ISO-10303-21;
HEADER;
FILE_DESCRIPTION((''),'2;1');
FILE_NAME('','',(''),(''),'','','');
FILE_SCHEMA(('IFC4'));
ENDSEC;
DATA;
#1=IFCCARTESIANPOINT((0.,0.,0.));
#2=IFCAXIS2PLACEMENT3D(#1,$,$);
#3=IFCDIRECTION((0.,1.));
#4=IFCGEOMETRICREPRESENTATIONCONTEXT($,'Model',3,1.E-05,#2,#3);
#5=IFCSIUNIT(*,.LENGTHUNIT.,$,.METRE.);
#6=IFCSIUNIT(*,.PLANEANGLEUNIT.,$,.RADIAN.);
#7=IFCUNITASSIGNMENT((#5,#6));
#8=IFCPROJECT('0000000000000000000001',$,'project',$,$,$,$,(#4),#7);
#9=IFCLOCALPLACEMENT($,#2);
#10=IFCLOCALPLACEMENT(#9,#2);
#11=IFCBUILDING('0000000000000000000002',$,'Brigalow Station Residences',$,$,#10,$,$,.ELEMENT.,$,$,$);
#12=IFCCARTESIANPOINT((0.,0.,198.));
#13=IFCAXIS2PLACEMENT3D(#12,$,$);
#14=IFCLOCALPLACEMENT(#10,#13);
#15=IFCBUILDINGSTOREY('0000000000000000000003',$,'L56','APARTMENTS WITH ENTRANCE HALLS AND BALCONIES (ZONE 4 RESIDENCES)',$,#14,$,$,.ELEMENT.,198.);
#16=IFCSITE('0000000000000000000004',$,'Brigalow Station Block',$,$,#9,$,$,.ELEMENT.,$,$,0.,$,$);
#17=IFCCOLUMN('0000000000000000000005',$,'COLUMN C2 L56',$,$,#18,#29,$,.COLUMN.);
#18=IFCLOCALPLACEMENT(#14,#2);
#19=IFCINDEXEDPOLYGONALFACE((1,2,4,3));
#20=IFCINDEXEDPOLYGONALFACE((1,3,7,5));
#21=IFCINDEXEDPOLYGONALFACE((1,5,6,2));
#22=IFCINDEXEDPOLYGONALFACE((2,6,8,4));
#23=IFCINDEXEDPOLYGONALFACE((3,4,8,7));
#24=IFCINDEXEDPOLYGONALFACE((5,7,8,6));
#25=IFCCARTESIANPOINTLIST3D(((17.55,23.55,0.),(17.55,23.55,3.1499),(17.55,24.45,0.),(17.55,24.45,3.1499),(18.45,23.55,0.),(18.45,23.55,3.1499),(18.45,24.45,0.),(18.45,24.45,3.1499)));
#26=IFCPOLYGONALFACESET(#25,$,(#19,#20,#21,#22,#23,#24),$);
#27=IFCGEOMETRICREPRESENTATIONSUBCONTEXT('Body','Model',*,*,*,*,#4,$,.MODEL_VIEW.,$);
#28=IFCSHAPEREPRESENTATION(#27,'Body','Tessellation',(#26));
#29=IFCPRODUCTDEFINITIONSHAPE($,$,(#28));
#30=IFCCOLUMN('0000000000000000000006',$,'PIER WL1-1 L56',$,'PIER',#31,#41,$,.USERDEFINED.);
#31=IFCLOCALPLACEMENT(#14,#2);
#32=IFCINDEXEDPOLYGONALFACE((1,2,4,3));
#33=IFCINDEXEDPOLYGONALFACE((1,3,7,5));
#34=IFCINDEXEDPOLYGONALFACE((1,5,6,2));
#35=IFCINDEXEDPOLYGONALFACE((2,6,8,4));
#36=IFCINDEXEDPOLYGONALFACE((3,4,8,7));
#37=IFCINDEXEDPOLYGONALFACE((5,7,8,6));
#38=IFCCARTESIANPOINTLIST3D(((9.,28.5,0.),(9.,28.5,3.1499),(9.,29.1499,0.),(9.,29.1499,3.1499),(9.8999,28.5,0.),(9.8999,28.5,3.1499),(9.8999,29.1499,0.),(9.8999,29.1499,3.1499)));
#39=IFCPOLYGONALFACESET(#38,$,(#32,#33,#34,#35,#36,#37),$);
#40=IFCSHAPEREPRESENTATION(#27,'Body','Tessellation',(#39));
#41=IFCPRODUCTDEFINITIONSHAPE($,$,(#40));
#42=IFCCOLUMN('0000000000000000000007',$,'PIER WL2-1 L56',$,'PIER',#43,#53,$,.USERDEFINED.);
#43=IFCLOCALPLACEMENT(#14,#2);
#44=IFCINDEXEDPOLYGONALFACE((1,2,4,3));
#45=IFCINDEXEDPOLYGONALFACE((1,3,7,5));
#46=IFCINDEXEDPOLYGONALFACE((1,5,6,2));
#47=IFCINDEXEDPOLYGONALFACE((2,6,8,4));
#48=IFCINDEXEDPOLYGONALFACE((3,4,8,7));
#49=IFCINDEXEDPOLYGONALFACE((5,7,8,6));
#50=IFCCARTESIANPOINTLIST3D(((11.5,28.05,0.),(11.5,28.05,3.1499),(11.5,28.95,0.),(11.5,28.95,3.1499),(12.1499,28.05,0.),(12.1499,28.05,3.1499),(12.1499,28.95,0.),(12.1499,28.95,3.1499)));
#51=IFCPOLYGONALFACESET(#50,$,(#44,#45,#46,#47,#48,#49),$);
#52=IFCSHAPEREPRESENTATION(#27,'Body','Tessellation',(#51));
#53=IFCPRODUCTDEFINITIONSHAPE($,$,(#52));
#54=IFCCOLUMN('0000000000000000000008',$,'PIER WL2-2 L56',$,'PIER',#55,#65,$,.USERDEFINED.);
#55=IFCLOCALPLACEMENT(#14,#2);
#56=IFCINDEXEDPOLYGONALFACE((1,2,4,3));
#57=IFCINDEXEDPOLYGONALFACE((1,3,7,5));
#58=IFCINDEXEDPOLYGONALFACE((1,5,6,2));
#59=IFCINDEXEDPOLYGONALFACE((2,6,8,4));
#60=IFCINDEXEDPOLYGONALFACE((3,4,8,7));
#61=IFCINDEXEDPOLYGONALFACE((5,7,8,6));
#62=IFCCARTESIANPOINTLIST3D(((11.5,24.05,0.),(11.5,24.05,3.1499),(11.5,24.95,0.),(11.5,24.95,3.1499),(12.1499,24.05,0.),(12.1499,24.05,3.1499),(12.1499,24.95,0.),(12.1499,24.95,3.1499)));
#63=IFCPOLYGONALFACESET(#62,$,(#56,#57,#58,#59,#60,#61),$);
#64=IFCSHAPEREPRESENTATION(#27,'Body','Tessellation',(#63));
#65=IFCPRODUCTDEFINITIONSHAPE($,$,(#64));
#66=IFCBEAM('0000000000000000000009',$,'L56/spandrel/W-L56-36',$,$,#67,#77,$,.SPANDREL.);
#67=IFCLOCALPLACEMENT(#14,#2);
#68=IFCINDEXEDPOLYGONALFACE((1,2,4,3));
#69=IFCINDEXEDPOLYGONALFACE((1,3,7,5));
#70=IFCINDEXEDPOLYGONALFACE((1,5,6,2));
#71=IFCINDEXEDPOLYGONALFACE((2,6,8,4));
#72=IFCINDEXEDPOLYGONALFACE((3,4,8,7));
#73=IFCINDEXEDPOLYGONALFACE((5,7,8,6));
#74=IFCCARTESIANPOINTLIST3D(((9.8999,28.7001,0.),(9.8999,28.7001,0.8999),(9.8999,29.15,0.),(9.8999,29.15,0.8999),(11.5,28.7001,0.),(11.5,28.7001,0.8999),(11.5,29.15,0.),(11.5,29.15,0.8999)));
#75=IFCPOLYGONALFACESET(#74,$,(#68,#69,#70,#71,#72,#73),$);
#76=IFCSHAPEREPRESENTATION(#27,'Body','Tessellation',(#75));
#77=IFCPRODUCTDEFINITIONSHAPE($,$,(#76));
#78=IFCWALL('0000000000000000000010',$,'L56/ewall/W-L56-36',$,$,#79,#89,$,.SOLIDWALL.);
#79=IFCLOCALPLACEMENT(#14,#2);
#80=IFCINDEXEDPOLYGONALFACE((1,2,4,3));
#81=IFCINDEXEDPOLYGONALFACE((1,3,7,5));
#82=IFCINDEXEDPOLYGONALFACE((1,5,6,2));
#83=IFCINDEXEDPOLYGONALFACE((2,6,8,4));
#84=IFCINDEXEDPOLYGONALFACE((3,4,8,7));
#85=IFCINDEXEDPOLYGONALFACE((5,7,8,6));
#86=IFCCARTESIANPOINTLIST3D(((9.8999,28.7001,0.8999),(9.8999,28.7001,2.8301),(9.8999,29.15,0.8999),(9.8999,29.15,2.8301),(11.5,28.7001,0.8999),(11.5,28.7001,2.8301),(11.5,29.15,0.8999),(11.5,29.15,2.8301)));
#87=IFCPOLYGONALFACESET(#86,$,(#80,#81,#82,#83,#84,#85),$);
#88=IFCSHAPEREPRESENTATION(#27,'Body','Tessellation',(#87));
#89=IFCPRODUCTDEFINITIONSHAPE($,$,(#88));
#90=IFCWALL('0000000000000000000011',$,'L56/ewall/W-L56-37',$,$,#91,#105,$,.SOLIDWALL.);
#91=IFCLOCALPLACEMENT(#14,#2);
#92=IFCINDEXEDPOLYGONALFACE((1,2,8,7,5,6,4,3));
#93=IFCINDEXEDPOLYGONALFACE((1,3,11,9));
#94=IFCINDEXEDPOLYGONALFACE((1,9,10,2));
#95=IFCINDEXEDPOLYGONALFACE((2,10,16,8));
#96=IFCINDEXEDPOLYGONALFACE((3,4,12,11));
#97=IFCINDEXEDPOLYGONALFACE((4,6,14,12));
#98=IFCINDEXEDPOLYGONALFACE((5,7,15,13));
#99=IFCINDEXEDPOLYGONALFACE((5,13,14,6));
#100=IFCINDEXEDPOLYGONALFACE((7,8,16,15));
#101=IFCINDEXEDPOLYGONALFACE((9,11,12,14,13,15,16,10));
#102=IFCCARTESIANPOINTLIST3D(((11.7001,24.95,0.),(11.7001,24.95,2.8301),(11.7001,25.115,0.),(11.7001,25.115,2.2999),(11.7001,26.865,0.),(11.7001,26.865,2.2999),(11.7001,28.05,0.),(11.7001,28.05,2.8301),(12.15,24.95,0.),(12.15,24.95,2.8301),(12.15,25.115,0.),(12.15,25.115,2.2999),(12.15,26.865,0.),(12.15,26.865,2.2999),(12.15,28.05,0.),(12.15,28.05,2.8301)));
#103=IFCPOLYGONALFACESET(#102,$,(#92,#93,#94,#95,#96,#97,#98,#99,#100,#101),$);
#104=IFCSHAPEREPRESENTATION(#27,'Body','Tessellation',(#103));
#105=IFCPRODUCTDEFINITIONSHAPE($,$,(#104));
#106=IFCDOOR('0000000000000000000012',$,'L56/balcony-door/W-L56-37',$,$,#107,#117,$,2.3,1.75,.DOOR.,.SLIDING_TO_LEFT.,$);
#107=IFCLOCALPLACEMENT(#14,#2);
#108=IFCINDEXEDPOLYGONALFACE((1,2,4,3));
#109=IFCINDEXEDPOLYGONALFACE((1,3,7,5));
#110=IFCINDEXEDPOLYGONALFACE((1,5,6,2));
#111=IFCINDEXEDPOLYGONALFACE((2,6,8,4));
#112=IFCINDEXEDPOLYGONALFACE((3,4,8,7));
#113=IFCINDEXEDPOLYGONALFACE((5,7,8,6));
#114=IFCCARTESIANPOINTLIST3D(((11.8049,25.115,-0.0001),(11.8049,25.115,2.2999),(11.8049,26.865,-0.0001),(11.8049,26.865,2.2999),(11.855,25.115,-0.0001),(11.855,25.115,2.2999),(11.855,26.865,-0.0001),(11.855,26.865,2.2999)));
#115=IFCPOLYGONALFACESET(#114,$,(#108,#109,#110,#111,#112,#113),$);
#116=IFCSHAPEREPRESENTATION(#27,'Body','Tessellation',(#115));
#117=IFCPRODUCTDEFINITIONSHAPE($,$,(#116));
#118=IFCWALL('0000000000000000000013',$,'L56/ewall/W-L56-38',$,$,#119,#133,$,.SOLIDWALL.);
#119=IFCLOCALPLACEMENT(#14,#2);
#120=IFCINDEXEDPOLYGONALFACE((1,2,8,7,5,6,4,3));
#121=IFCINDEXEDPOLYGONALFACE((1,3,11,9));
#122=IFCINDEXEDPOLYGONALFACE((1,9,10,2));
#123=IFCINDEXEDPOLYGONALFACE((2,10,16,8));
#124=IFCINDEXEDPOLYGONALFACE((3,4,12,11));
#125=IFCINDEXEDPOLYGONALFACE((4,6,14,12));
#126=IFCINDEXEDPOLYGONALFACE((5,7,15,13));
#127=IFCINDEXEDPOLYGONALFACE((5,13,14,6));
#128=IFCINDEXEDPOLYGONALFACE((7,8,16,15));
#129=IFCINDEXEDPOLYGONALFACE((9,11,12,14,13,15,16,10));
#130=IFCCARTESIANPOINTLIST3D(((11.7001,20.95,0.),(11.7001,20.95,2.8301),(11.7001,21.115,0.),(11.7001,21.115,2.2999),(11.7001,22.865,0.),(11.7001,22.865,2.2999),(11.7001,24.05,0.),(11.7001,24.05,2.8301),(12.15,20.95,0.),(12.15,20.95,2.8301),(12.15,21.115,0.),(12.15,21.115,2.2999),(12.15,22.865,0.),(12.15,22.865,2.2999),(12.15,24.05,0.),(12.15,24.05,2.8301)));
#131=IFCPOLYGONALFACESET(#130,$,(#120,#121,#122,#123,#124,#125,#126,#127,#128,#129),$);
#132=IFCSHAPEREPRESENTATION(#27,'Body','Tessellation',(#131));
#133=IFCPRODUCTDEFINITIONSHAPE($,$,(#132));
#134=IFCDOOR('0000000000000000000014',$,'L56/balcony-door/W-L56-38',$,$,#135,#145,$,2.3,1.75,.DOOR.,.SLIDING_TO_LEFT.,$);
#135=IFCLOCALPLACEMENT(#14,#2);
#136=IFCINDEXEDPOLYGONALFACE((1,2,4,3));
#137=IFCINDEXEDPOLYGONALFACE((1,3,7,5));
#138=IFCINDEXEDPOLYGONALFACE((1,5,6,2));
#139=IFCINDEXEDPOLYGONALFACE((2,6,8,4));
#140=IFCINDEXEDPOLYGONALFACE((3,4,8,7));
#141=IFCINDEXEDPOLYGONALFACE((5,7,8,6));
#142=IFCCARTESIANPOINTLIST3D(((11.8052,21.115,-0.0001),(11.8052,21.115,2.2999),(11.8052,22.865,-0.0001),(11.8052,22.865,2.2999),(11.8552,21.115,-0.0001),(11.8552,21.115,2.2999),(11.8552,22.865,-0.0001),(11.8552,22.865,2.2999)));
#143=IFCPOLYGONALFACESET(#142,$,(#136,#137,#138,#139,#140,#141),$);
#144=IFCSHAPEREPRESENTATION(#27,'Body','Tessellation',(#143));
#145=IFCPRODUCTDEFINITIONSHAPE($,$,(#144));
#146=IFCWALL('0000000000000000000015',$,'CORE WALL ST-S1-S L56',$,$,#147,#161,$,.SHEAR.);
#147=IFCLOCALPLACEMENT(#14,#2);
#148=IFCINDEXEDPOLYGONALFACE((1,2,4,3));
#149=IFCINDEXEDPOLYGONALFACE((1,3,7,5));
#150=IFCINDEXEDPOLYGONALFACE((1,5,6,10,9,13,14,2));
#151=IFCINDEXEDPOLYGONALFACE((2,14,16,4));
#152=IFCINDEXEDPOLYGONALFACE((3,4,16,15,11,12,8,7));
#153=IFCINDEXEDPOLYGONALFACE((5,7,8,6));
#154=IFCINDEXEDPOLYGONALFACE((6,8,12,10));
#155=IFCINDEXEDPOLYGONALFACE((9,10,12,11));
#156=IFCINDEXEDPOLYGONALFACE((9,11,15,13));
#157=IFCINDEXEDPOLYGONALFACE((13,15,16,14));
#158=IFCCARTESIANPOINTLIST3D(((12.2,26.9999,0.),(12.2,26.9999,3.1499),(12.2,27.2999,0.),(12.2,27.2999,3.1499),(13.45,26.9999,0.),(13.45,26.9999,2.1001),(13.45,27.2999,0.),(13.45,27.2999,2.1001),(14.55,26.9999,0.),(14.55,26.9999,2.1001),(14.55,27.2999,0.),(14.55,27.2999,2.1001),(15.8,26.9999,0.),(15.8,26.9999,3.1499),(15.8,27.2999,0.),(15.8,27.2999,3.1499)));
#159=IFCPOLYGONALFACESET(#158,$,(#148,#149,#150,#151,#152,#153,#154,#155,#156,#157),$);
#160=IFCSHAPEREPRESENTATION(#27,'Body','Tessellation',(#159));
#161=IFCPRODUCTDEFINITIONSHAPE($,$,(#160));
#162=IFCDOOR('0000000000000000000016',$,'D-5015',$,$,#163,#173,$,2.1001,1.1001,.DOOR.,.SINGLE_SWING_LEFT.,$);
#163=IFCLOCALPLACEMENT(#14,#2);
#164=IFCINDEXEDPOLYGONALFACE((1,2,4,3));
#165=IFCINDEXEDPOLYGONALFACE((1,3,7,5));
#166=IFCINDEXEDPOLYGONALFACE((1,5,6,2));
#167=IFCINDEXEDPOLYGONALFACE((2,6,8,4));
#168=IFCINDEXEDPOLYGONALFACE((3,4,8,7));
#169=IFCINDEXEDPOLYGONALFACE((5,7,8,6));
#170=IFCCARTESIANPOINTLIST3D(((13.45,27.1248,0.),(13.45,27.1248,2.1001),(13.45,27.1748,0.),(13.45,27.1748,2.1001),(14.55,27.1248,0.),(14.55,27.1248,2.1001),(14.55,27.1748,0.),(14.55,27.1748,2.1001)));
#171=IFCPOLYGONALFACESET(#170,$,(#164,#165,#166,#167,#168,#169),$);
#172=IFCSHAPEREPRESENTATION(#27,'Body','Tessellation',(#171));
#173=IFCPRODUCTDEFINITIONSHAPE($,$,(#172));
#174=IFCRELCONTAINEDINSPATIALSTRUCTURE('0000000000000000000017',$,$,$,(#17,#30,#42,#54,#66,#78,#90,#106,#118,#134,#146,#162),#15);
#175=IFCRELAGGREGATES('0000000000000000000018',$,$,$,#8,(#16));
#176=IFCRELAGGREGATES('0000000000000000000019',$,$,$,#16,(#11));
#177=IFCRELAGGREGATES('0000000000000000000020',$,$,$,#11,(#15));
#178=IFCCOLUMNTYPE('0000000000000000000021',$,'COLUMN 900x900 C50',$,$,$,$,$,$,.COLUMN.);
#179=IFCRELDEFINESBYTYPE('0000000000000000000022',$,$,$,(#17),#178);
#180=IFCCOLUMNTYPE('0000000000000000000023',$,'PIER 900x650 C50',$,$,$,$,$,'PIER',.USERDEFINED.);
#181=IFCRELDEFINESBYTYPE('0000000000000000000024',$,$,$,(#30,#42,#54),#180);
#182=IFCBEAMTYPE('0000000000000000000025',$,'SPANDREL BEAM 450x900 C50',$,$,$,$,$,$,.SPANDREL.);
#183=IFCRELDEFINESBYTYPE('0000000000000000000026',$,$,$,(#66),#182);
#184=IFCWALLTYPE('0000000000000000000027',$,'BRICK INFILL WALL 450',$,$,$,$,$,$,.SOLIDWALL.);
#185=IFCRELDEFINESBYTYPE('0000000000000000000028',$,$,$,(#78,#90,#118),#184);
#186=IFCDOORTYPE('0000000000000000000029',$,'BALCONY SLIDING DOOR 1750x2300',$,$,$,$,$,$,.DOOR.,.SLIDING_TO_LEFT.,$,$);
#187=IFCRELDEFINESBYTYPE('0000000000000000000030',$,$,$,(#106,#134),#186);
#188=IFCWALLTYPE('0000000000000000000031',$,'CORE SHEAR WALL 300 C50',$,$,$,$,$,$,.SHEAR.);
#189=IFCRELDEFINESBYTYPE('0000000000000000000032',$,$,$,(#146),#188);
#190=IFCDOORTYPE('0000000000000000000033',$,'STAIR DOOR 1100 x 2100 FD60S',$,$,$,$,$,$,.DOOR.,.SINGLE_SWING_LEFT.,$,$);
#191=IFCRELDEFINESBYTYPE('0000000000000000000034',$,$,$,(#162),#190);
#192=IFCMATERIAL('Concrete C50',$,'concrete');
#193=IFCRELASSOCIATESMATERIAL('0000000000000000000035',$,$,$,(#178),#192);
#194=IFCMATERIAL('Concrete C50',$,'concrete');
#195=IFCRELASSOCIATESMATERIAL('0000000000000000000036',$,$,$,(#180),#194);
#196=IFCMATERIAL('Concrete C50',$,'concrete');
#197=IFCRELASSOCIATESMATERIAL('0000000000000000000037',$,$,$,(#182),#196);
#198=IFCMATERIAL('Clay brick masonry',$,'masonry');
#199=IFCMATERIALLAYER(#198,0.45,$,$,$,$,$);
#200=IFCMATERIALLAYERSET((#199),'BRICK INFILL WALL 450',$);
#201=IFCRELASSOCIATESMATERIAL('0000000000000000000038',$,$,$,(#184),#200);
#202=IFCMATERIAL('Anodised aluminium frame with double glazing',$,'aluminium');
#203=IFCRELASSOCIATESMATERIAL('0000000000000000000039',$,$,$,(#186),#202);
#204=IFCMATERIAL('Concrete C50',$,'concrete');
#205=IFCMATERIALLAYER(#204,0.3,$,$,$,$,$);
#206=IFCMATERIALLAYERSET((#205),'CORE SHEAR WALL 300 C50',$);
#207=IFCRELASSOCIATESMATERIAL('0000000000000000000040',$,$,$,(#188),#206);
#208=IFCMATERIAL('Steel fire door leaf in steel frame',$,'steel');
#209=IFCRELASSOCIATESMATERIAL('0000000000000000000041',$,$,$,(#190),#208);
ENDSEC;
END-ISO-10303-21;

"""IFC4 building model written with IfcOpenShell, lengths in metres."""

from ifc_helpers import new_model, si_unit, direction, frame, frame_2d, origin, origin_2d, place, context, subcontext, project, spatial, rectangle, extrude, material, layer, layer_set, material_profile, profile_set, type_object, element, fill, save


model = new_model("IFC4")

# Units and contexts
model_context = context("Model", 3, precision=1e-05, world=origin(), true_north=direction((0.0, 1.0)))
body_context = subcontext(model_context, "Body", "Model", "MODEL_VIEW")
ifc_project = project(units=[si_unit("LENGTHUNIT", "METRE"), si_unit("PLANEANGLEUNIT", "RADIAN")], contexts=[model_context])

# Site, building, storey
site_placement = place(None, origin())
site = spatial("IfcSite", under=ifc_project, at=site_placement, Name="Brigalow Station Block", CompositionType="ELEMENT", RefElevation=0.0)
building_placement = place(site_placement, origin())
building = spatial("IfcBuilding", under=site, at=building_placement, Name="Brigalow Station Residences", CompositionType="ELEMENT")
storey_placement = place(building_placement, frame((0.0, 0.0, 198.0)))
storey = spatial("IfcBuildingStorey", under=building, at=storey_placement, Name="L56", Description="APARTMENTS WITH ENTRANCE HALLS AND BALCONIES (ZONE 4 RESIDENCES)", CompositionType="ELEMENT", Elevation=198.0)

# Columns
ifc_material_1 = material(Name="Concrete C50", Category="concrete")
ifc_material_profile_1 = material_profile(ifc_material_1, rectangle(XDim=0.8999, YDim=0.8999, at=origin_2d()), Name="RC900x900")
ifc_profile_set_1 = profile_set([ifc_material_profile_1], Name="Concrete C50")
column_type_1 = type_object("IfcColumnType", Name="COLUMN 900x900 C50", PredefinedType="COLUMN", material=ifc_profile_set_1)
column_placement = place(storey_placement, frame((18.0, 24.0, 0.0), z_axis=(0.0, 0.0, 1.0), x_axis=(1.0, 0.0, 0.0)))
element("IfcColumn", 1, at=column_placement, inside=storey, type_object=column_type_1, Name="COLUMN C2 L56", PredefinedType="COLUMN", context=body_context, shape_type="SweptSolid", body=[
    extrude(rectangle(XDim=0.8999, YDim=0.8999, at=origin_2d()), origin(), (0.0, 0.0, 1.0), 3.1499),
])
ifc_material_2 = material(Name="Concrete C50", Category="concrete")
ifc_material_profile_2 = material_profile(ifc_material_2, rectangle(XDim=0.8999, YDim=0.6499, at=origin_2d()), Name="RC900x650")
ifc_profile_set_2 = profile_set([ifc_material_profile_2], Name="Concrete C50")
column_type_2 = type_object("IfcColumnType", Name="PIER 900x650 C50", ElementType="PIER", PredefinedType="USERDEFINED", material=ifc_profile_set_2)
for number, where, z_axis, x_axis, name in (
    (2, (9.45, 28.825, 0.0), (0.0, 0.0, 1.0), (1.0, 0.0, 0.0), "PIER WL1-1 L56"),
    (3, (11.825, 28.5, 0.0), (0.0, 0.0, 1.0), (0.0, -1.0, 0.0), "PIER WL2-1 L56"),
    (4, (11.825, 24.5, 0.0), (0.0, 0.0, 1.0), (0.0, -1.0, 0.0), "PIER WL2-2 L56"),
):
    element("IfcColumn", number, at=place(storey_placement, frame(where, z_axis=z_axis, x_axis=x_axis)), inside=storey, type_object=column_type_2, Name=name, ObjectType="PIER", PredefinedType="USERDEFINED", context=body_context, shape_type="SweptSolid", body=[
        extrude(rectangle(XDim=0.8999, YDim=0.6499, at=origin_2d()), origin(), (0.0, 0.0, 1.0), 3.1499),
    ])

# Beam
ifc_material_3 = material(Name="Concrete C50", Category="concrete")
ifc_material_profile_3 = material_profile(ifc_material_3, rectangle(XDim=0.45, YDim=0.8999, at=origin_2d()), Name="RC450x900")
ifc_profile_set_3 = profile_set([ifc_material_profile_3], Name="Concrete C50")
beam_type = type_object("IfcBeamType", Name="SPANDREL BEAM 450x900 C50", PredefinedType="SPANDREL", material=ifc_profile_set_3)
beam_placement = place(storey_placement, frame((9.8999, 28.925, 0.45), z_axis=(1.0, 0.0, 0.0), x_axis=(0.0, 1.0, 0.0)))
element("IfcBeam", 5, at=beam_placement, inside=storey, type_object=beam_type, Name="L56/spandrel/W-L56-36", PredefinedType="SPANDREL", context=body_context, shape_type="SweptSolid", body=[
    extrude(rectangle(XDim=0.45, YDim=0.8999, at=origin_2d()), origin(), (0.0, 0.0, 1.0), 1.6001),
])

# Wall
ifc_material_4 = material(Name="Clay brick masonry", Category="masonry")
ifc_layer_1 = layer(ifc_material_4, 0.45)
ifc_layer_set_1 = layer_set([ifc_layer_1], Name="BRICK INFILL WALL 450")
wall_type_1 = type_object("IfcWallType", Name="BRICK INFILL WALL 450", PredefinedType="SOLIDWALL", material=ifc_layer_set_1)
wall_1_placement = place(storey_placement, frame((9.8999, 28.925, 0.8999), z_axis=(0.0, 0.0, 1.0), x_axis=(1.0, 0.0, 0.0)))
element("IfcWall", 6, at=wall_1_placement, inside=storey, type_object=wall_type_1, Name="L56/ewall/W-L56-36", PredefinedType="SOLIDWALL", context=body_context, shape_type="SweptSolid", body=[
    extrude(rectangle(XDim=1.6001, YDim=0.45, at=frame_2d((0.8, 0.0))), origin(), (0.0, 0.0, 1.0), 1.9302),
])

# Walls, openings, doors
wall_2_placement = place(storey_placement, frame((11.925, 28.05, 0.0), z_axis=(0.0, 0.0, 1.0), x_axis=(0.0, -1.0, 0.0)))
wall_2 = element("IfcWall", 7, at=wall_2_placement, inside=storey, type_object=wall_type_1, Name="L56/ewall/W-L56-37", PredefinedType="SOLIDWALL", context=body_context, shape_type="SweptSolid", body=[
    extrude(rectangle(XDim=3.1001, YDim=0.45, at=frame_2d((1.55, 0.0))), origin(), (0.0, 0.0, 1.0), 2.8301),
])
opening_1_placement = place(wall_2_placement, frame((1.1851, 0.0, 0.0)))
opening_1 = element("IfcOpeningElement", 8, at=opening_1_placement, cuts=wall_2, PredefinedType="OPENING", context=body_context, shape_type="SweptSolid", body=[
    extrude(rectangle(XDim=1.75, YDim=2.3, at=frame_2d((0.875, 1.1499))), frame((0.0, 0.2349, 0.0), z_axis=(0.0, -1.0, 0.0), x_axis=(1.0, 0.0, 0.0)), (0.0, 0.0, 1.0), 0.47),
])
ifc_material_5 = material(Name="Anodised aluminium frame with double glazing", Category="aluminium")
door_type_1 = type_object("IfcDoorType", Name="BALCONY SLIDING DOOR 1750x2300", OperationType="SLIDING_TO_LEFT", PredefinedType="DOOR", material=ifc_material_5)
door_1_placement = place(opening_1_placement, frame((1.75, -0.1899, 0.0), z_axis=(0.0, 0.0, 1.0), x_axis=(-1.0, 0.0, 0.0)))
door_1 = element("IfcDoor", 9, at=door_1_placement, inside=storey, type_object=door_type_1, Name="L56/balcony-door/W-L56-37", OperationType="SLIDING_TO_LEFT", OverallHeight=2.3, OverallWidth=1.75, PredefinedType="DOOR", context=body_context, shape_type="SweptSolid", body=[
    extrude(rectangle(XDim=1.75, YDim=2.3, at=frame_2d((0.875, 1.1499))), frame((0.0, -0.0698, 0.0), z_axis=(0.0, -1.0, 0.0), x_axis=(1.0, 0.0, 0.0)), (0.0, 0.0, 1.0), 0.05),
])
fill(opening_1, door_1)
wall_3_placement = place(storey_placement, frame((11.925, 24.05, 0.0), z_axis=(0.0, 0.0, 1.0), x_axis=(0.0, -1.0, 0.0)))
wall_3 = element("IfcWall", 10, at=wall_3_placement, inside=storey, type_object=wall_type_1, Name="L56/ewall/W-L56-38", PredefinedType="SOLIDWALL", context=body_context, shape_type="SweptSolid", body=[
    extrude(rectangle(XDim=3.1001, YDim=0.45, at=frame_2d((1.55, 0.0))), origin(), (0.0, 0.0, 1.0), 2.8301),
])
opening_2_placement = place(wall_3_placement, frame((1.1851, 0.0, 0.0)))
opening_2 = element("IfcOpeningElement", 11, at=opening_2_placement, cuts=wall_3, PredefinedType="OPENING", context=body_context, shape_type="SweptSolid", body=[
    extrude(rectangle(XDim=1.75, YDim=2.3, at=frame_2d((0.875, 1.1499))), frame((0.0, 0.2349, 0.0), z_axis=(0.0, -1.0, 0.0), x_axis=(1.0, 0.0, 0.0)), (0.0, 0.0, 1.0), 0.47),
])
door_2_placement = place(opening_2_placement, origin())
door_2 = element("IfcDoor", 12, at=door_2_placement, inside=storey, type_object=door_type_1, Name="L56/balcony-door/W-L56-38", OperationType="SLIDING_TO_LEFT", OverallHeight=2.3, OverallWidth=1.75, PredefinedType="DOOR", context=body_context, shape_type="SweptSolid", body=[
    extrude(rectangle(XDim=1.75, YDim=2.3, at=frame_2d((0.875, 1.1499))), frame((0.0, -0.0698, 0.0), z_axis=(0.0, -1.0, 0.0), x_axis=(1.0, 0.0, 0.0)), (0.0, 0.0, 1.0), 0.05),
])
fill(opening_2, door_2)
ifc_material_6 = material(Name="Concrete C50", Category="concrete")
ifc_layer_2 = layer(ifc_material_6, 0.3)
ifc_layer_set_2 = layer_set([ifc_layer_2], Name="CORE SHEAR WALL 300 C50")
wall_type_2 = type_object("IfcWallType", Name="CORE SHEAR WALL 300 C50", PredefinedType="SHEAR", material=ifc_layer_set_2)
wall_4_placement = place(storey_placement, frame((12.2, 27.1499, 0.0), z_axis=(0.0, 0.0, 1.0), x_axis=(1.0, 0.0, 0.0)))
wall_4 = element("IfcWall", 13, at=wall_4_placement, inside=storey, type_object=wall_type_2, Name="CORE WALL ST-S1-S L56", PredefinedType="SHEAR", context=body_context, shape_type="SweptSolid", body=[
    extrude(rectangle(XDim=3.6001, YDim=0.3, at=frame_2d((1.8, 0.0))), origin(), (0.0, 0.0, 1.0), 3.1499),
])
opening_3_placement = place(wall_4_placement, frame((1.25, 0.0, 0.0)))
opening_3 = element("IfcOpeningElement", 14, at=opening_3_placement, cuts=wall_4, PredefinedType="OPENING", context=body_context, shape_type="SweptSolid", body=[
    extrude(rectangle(XDim=1.1001, YDim=2.1001, at=frame_2d((0.55, 1.05))), frame((0.0, 0.1602, 0.0), z_axis=(0.0, -1.0, 0.0), x_axis=(1.0, 0.0, 0.0)), (0.0, 0.0, 1.0), 0.3201),
])
ifc_material_7 = material(Name="Steel fire door leaf in steel frame", Category="steel")
door_type_2 = type_object("IfcDoorType", Name="STAIR DOOR 1100 x 2100 FD60S", OperationType="SINGLE_SWING_LEFT", PredefinedType="DOOR", material=ifc_material_7)
door_3_placement = place(opening_3_placement, origin())
door_3 = element("IfcDoor", 15, at=door_3_placement, inside=storey, type_object=door_type_2, Name="D-5015", OperationType="SINGLE_SWING_LEFT", OverallHeight=2.1001, OverallWidth=1.1001, PredefinedType="DOOR", context=body_context, shape_type="SweptSolid", body=[
    extrude(rectangle(XDim=1.1001, YDim=2.1001, at=frame_2d((0.55, 1.05))), frame((0.0, 0.0249, 0.0), z_axis=(0.0, -1.0, 0.0), x_axis=(1.0, 0.0, 0.0)), (0.0, 0.0, 1.0), 0.05),
])
fill(opening_3, door_3)

save(model, "model.ifc")
